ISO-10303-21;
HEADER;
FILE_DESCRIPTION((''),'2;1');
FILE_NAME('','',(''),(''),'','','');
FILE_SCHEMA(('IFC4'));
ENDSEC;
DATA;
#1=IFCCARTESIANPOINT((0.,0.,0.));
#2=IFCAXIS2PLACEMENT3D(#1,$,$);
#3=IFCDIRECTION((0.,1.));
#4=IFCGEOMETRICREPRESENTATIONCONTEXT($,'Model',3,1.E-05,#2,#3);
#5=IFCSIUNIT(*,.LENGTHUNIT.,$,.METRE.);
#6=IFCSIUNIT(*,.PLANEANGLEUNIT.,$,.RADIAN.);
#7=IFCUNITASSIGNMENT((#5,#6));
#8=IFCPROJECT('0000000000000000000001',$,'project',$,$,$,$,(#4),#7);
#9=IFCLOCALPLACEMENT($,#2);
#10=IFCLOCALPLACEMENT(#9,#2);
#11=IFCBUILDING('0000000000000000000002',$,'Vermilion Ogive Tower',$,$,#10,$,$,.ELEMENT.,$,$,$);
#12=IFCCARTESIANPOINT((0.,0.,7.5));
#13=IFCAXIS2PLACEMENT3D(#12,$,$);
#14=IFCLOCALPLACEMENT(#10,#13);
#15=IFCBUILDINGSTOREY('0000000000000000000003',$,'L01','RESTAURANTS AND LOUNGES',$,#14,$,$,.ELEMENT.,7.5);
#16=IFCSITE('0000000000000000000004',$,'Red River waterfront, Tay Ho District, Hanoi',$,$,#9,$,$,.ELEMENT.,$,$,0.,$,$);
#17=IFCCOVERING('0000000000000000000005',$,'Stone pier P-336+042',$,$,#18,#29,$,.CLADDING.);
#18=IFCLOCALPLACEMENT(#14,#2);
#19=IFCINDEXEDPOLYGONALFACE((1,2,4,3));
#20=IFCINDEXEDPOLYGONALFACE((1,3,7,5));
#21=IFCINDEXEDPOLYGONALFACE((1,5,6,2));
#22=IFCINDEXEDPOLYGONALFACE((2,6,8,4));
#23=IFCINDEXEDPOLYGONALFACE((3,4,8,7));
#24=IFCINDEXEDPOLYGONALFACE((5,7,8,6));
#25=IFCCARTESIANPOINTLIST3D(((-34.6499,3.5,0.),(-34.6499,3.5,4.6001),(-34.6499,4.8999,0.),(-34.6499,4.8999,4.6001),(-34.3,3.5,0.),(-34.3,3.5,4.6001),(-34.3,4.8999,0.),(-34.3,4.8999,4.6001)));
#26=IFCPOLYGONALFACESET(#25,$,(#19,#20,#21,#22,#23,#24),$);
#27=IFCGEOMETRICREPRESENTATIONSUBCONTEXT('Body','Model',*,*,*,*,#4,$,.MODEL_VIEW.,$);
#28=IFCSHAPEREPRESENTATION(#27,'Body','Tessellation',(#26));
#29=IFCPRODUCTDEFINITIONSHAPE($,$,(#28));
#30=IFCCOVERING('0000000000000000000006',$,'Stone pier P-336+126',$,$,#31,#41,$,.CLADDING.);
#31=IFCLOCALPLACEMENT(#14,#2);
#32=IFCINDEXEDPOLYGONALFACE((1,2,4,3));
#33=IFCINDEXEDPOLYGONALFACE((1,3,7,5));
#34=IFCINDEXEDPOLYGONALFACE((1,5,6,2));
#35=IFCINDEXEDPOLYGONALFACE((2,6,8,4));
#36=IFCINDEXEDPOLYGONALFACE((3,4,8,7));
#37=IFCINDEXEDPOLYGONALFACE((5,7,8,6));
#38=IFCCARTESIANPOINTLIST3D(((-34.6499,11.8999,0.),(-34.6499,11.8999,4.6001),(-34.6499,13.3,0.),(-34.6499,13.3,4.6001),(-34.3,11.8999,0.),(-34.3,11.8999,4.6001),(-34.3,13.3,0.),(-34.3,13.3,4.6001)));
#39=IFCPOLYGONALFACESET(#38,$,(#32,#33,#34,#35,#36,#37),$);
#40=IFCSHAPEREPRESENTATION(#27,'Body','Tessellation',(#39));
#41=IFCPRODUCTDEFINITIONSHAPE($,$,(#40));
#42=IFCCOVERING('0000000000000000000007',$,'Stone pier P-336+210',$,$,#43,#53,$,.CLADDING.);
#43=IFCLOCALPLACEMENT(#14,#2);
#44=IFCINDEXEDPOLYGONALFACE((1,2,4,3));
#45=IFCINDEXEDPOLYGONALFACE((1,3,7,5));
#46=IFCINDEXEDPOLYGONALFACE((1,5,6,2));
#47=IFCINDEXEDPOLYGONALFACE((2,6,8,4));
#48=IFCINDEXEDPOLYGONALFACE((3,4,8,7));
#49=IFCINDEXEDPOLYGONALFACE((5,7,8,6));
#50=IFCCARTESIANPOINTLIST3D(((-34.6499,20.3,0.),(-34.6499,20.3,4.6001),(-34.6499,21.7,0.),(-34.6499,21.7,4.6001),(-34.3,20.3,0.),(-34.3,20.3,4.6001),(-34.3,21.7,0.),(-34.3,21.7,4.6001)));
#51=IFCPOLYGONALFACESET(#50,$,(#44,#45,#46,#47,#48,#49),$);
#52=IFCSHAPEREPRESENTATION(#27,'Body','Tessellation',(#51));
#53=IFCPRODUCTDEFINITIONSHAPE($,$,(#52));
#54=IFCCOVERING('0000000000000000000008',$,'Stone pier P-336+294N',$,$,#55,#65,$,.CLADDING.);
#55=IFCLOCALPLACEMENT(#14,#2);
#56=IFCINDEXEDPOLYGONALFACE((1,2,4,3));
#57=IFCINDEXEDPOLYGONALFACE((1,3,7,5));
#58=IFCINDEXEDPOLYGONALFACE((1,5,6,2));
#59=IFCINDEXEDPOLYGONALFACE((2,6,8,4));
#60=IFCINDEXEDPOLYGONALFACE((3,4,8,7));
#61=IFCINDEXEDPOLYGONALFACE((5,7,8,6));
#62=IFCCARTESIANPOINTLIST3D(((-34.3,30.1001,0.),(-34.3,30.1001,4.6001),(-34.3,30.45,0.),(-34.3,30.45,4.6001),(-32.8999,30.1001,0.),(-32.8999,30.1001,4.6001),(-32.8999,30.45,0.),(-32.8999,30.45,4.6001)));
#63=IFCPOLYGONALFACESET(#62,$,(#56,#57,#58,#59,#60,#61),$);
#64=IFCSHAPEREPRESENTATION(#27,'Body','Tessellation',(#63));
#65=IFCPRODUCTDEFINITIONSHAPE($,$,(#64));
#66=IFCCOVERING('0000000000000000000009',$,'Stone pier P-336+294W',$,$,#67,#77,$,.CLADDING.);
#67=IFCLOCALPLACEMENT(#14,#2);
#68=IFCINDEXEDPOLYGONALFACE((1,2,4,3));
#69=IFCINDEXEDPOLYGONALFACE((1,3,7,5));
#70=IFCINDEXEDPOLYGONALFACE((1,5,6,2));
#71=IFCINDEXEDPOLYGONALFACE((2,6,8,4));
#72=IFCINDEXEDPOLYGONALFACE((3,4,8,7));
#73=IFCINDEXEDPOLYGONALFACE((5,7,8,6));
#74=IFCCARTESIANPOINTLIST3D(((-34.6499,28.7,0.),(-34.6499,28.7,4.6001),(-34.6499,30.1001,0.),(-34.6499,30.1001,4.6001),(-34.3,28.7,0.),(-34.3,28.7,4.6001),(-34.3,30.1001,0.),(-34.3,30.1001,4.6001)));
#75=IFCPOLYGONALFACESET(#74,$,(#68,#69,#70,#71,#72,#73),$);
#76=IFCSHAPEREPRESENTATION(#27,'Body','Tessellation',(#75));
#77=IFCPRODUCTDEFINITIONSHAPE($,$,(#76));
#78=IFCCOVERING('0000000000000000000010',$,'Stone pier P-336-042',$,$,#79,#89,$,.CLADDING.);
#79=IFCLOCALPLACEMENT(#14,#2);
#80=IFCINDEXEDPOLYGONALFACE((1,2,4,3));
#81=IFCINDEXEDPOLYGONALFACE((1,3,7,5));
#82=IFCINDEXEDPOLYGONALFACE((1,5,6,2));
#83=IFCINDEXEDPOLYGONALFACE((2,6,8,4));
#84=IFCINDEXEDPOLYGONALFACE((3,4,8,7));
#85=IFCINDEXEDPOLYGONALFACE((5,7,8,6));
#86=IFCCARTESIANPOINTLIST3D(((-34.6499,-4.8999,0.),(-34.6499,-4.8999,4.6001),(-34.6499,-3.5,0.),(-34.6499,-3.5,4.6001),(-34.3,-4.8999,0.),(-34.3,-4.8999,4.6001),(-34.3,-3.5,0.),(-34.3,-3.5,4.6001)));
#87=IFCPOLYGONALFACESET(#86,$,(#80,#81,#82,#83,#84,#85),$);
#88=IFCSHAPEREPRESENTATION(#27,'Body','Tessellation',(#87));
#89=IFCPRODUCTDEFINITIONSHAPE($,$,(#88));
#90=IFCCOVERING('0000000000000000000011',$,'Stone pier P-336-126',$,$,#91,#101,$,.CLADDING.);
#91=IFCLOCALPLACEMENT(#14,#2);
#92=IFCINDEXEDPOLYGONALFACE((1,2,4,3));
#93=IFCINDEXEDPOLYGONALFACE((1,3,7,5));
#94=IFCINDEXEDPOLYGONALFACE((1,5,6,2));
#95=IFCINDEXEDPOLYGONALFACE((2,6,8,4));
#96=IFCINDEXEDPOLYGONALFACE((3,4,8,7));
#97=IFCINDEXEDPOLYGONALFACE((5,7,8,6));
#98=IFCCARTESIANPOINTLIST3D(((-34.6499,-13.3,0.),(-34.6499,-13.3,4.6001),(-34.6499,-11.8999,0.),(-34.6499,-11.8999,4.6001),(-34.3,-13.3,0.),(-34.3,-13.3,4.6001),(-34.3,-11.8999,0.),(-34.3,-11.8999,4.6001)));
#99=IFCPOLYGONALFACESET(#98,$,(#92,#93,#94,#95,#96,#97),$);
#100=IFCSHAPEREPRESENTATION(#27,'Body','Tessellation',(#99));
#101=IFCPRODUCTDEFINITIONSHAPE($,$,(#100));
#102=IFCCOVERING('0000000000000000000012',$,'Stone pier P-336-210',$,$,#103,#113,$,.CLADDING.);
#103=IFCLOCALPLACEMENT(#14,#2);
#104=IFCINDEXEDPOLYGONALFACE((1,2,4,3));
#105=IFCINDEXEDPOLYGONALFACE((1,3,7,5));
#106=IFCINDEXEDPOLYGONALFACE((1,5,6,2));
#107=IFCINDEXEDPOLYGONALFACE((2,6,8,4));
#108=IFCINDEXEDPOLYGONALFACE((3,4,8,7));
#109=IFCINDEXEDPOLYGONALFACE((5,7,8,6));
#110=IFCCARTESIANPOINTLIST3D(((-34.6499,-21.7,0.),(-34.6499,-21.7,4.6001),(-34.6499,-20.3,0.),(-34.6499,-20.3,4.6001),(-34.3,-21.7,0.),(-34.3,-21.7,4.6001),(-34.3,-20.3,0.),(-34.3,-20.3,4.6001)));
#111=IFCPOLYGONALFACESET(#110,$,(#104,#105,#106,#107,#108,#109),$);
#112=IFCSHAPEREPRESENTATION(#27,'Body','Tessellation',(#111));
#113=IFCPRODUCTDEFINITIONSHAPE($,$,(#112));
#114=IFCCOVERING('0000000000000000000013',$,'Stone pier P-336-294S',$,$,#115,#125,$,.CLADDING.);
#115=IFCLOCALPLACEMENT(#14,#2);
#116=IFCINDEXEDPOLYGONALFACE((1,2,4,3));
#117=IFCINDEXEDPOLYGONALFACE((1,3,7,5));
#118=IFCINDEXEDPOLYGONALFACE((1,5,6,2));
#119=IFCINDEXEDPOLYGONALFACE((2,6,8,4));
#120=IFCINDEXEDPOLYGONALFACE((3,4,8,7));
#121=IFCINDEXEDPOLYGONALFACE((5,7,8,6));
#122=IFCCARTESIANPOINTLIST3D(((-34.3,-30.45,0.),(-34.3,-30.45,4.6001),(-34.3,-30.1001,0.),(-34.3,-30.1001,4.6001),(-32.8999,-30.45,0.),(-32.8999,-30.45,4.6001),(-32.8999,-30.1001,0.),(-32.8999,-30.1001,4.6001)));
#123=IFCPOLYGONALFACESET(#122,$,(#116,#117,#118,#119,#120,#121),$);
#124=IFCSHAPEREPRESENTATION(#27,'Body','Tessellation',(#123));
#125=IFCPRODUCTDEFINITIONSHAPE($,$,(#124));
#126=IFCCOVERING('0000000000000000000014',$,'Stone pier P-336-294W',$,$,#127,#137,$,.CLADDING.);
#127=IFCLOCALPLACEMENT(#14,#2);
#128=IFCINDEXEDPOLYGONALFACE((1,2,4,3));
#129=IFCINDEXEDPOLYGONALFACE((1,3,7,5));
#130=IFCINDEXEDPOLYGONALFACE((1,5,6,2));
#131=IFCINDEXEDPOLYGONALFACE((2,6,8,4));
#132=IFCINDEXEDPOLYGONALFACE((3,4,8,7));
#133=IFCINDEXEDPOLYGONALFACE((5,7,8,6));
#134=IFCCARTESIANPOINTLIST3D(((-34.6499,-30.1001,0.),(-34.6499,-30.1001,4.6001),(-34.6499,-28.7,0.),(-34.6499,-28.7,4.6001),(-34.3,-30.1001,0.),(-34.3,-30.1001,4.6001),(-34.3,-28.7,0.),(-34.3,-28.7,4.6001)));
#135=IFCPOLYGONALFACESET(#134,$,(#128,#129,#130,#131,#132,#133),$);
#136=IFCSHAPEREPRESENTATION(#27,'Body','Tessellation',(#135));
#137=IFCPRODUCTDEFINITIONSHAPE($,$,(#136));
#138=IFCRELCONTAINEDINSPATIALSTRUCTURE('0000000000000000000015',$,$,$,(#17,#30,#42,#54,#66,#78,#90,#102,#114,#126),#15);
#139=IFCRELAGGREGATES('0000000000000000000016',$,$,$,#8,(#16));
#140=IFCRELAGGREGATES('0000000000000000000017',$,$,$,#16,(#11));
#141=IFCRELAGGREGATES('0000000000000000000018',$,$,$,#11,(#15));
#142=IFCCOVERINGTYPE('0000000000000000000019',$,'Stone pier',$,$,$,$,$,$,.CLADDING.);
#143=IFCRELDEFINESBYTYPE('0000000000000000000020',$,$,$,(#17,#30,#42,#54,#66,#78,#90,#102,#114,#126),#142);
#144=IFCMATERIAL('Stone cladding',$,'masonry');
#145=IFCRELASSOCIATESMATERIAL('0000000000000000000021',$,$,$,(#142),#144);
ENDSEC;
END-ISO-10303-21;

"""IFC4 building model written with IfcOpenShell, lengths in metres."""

from ifc_helpers import new_model, si_unit, direction, frame, origin, place, context, subcontext, project, spatial, polyline, outline, extrude, material, type_object, element, save


model = new_model("IFC4")

# Units and contexts
model_context = context("Model", 3, precision=1e-05, world=origin(), true_north=direction((0.0, 1.0)))
body_context = subcontext(model_context, "Body", "Model", "MODEL_VIEW")
ifc_project = project(units=[si_unit("LENGTHUNIT", "METRE"), si_unit("PLANEANGLEUNIT", "RADIAN")], contexts=[model_context])

# Site, building, storey
site_placement = place(None, origin())
site = spatial("IfcSite", under=ifc_project, at=site_placement, Name="Red River waterfront, Tay Ho District, Hanoi", CompositionType="ELEMENT", RefElevation=0.0)
building_placement = place(site_placement, origin())
building = spatial("IfcBuilding", under=site, at=building_placement, Name="Vermilion Ogive Tower", CompositionType="ELEMENT")
storey_placement = place(building_placement, frame((0.0, 0.0, 7.5)))
storey = spatial("IfcBuildingStorey", under=building, at=storey_placement, Name="L01", Description="RESTAURANTS AND LOUNGES", CompositionType="ELEMENT", Elevation=7.5)

# Coverings
ifc_material_1 = material(Name="Stone cladding", Category="masonry")
covering_type = type_object("IfcCoveringType", Name="Stone pier", PredefinedType="CLADDING", material=ifc_material_1)
covering_1_placement = place(storey_placement, origin())
element("IfcCovering", 1, at=covering_1_placement, inside=storey, type_object=covering_type, Name="Stone pier P-336+042", PredefinedType="CLADDING", context=body_context, shape_type="SweptSolid", body=[
    extrude(outline(polyline([(-34.6499, 3.5), (-34.6499, 4.8999), (-34.3, 4.8999), (-34.3, 3.5), (-34.6499, 3.5)])), origin(), (0.0, 0.0, 1.0), 4.6001),
])
covering_2_placement = place(storey_placement, origin())
element("IfcCovering", 2, at=covering_2_placement, inside=storey, type_object=covering_type, Name="Stone pier P-336+126", PredefinedType="CLADDING", context=body_context, shape_type="SweptSolid", body=[
    extrude(outline(polyline([(-34.3, 11.8999), (-34.6499, 11.8999), (-34.6499, 13.3), (-34.3, 13.3), (-34.3, 13.3), (-34.3, 11.8999)])), origin(), (0.0, 0.0, 1.0), 4.6001),
])
covering_3_placement = place(storey_placement, origin())
element("IfcCovering", 3, at=covering_3_placement, inside=storey, type_object=covering_type, Name="Stone pier P-336+210", PredefinedType="CLADDING", context=body_context, shape_type="SweptSolid", body=[
    extrude(outline(polyline([(-34.6499, 20.3), (-34.6499, 21.7), (-34.3, 21.7), (-34.3, 20.3), (-34.6499, 20.3)])), origin(), (0.0, 0.0, 1.0), 4.6001),
])
covering_4_placement = place(storey_placement, origin())
element("IfcCovering", 4, at=covering_4_placement, inside=storey, type_object=covering_type, Name="Stone pier P-336+294N", PredefinedType="CLADDING", context=body_context, shape_type="SweptSolid", body=[
    extrude(outline(polyline([(-34.3, 30.45), (-32.8999, 30.45), (-32.8999, 30.1001), (-34.3, 30.1001), (-34.3, 30.45)])), origin(), (0.0, 0.0, 1.0), 4.6001),
])
covering_5_placement = place(storey_placement, origin())
element("IfcCovering", 5, at=covering_5_placement, inside=storey, type_object=covering_type, Name="Stone pier P-336+294W", PredefinedType="CLADDING", context=body_context, shape_type="SweptSolid", body=[
    extrude(outline(polyline([(-34.6499, 30.1001), (-34.3, 30.1001), (-34.3, 28.7), (-34.6499, 28.7), (-34.6499, 30.1001)])), origin(), (0.0, 0.0, 1.0), 4.6001),
])
covering_6_placement = place(storey_placement, origin())
element("IfcCovering", 6, at=covering_6_placement, inside=storey, type_object=covering_type, Name="Stone pier P-336-042", PredefinedType="CLADDING", context=body_context, shape_type="SweptSolid", body=[
    extrude(outline(polyline([(-34.3, -4.8999), (-34.6499, -4.8999), (-34.6499, -3.5), (-34.3, -3.5), (-34.3, -4.8999), (-34.3, -4.8999)])), origin(), (0.0, 0.0, 1.0), 4.6001),
])
covering_7_placement = place(storey_placement, origin())
element("IfcCovering", 7, at=covering_7_placement, inside=storey, type_object=covering_type, Name="Stone pier P-336-126", PredefinedType="CLADDING", context=body_context, shape_type="SweptSolid", body=[
    extrude(outline(polyline([(-34.3, -13.3), (-34.3, -13.3), (-34.6499, -13.3), (-34.6499, -11.8999), (-34.3, -11.8999), (-34.3, -11.8999), (-34.3, -13.3)])), origin(), (0.0, 0.0, 1.0), 4.6001),
])
covering_8_placement = place(storey_placement, origin())
element("IfcCovering", 8, at=covering_8_placement, inside=storey, type_object=covering_type, Name="Stone pier P-336-210", PredefinedType="CLADDING", context=body_context, shape_type="SweptSolid", body=[
    extrude(outline(polyline([(-34.3, -21.7), (-34.3, -21.7), (-34.6499, -21.7), (-34.6499, -20.3), (-34.3, -20.3), (-34.3, -20.3), (-34.3, -21.7)])), origin(), (0.0, 0.0, 1.0), 4.6001),
])
covering_9_placement = place(storey_placement, origin())
element("IfcCovering", 9, at=covering_9_placement, inside=storey, type_object=covering_type, Name="Stone pier P-336-294S", PredefinedType="CLADDING", context=body_context, shape_type="SweptSolid", body=[
    extrude(outline(polyline([(-32.8999, -30.45), (-34.3, -30.45), (-34.3, -30.1001), (-32.8999, -30.1001), (-32.8999, -30.45)])), origin(), (0.0, 0.0, 1.0), 4.6001),
])
covering_10_placement = place(storey_placement, origin())
element("IfcCovering", 10, at=covering_10_placement, inside=storey, type_object=covering_type, Name="Stone pier P-336-294W", PredefinedType="CLADDING", context=body_context, shape_type="SweptSolid", body=[
    extrude(outline(polyline([(-34.3, -30.1001), (-34.6499, -30.1001), (-34.6499, -28.7), (-34.3, -28.7), (-34.3, -28.7), (-34.3, -30.1001), (-34.3, -30.1001)])), origin(), (0.0, 0.0, 1.0), 4.6001),
])

save(model, "model.ifc")
